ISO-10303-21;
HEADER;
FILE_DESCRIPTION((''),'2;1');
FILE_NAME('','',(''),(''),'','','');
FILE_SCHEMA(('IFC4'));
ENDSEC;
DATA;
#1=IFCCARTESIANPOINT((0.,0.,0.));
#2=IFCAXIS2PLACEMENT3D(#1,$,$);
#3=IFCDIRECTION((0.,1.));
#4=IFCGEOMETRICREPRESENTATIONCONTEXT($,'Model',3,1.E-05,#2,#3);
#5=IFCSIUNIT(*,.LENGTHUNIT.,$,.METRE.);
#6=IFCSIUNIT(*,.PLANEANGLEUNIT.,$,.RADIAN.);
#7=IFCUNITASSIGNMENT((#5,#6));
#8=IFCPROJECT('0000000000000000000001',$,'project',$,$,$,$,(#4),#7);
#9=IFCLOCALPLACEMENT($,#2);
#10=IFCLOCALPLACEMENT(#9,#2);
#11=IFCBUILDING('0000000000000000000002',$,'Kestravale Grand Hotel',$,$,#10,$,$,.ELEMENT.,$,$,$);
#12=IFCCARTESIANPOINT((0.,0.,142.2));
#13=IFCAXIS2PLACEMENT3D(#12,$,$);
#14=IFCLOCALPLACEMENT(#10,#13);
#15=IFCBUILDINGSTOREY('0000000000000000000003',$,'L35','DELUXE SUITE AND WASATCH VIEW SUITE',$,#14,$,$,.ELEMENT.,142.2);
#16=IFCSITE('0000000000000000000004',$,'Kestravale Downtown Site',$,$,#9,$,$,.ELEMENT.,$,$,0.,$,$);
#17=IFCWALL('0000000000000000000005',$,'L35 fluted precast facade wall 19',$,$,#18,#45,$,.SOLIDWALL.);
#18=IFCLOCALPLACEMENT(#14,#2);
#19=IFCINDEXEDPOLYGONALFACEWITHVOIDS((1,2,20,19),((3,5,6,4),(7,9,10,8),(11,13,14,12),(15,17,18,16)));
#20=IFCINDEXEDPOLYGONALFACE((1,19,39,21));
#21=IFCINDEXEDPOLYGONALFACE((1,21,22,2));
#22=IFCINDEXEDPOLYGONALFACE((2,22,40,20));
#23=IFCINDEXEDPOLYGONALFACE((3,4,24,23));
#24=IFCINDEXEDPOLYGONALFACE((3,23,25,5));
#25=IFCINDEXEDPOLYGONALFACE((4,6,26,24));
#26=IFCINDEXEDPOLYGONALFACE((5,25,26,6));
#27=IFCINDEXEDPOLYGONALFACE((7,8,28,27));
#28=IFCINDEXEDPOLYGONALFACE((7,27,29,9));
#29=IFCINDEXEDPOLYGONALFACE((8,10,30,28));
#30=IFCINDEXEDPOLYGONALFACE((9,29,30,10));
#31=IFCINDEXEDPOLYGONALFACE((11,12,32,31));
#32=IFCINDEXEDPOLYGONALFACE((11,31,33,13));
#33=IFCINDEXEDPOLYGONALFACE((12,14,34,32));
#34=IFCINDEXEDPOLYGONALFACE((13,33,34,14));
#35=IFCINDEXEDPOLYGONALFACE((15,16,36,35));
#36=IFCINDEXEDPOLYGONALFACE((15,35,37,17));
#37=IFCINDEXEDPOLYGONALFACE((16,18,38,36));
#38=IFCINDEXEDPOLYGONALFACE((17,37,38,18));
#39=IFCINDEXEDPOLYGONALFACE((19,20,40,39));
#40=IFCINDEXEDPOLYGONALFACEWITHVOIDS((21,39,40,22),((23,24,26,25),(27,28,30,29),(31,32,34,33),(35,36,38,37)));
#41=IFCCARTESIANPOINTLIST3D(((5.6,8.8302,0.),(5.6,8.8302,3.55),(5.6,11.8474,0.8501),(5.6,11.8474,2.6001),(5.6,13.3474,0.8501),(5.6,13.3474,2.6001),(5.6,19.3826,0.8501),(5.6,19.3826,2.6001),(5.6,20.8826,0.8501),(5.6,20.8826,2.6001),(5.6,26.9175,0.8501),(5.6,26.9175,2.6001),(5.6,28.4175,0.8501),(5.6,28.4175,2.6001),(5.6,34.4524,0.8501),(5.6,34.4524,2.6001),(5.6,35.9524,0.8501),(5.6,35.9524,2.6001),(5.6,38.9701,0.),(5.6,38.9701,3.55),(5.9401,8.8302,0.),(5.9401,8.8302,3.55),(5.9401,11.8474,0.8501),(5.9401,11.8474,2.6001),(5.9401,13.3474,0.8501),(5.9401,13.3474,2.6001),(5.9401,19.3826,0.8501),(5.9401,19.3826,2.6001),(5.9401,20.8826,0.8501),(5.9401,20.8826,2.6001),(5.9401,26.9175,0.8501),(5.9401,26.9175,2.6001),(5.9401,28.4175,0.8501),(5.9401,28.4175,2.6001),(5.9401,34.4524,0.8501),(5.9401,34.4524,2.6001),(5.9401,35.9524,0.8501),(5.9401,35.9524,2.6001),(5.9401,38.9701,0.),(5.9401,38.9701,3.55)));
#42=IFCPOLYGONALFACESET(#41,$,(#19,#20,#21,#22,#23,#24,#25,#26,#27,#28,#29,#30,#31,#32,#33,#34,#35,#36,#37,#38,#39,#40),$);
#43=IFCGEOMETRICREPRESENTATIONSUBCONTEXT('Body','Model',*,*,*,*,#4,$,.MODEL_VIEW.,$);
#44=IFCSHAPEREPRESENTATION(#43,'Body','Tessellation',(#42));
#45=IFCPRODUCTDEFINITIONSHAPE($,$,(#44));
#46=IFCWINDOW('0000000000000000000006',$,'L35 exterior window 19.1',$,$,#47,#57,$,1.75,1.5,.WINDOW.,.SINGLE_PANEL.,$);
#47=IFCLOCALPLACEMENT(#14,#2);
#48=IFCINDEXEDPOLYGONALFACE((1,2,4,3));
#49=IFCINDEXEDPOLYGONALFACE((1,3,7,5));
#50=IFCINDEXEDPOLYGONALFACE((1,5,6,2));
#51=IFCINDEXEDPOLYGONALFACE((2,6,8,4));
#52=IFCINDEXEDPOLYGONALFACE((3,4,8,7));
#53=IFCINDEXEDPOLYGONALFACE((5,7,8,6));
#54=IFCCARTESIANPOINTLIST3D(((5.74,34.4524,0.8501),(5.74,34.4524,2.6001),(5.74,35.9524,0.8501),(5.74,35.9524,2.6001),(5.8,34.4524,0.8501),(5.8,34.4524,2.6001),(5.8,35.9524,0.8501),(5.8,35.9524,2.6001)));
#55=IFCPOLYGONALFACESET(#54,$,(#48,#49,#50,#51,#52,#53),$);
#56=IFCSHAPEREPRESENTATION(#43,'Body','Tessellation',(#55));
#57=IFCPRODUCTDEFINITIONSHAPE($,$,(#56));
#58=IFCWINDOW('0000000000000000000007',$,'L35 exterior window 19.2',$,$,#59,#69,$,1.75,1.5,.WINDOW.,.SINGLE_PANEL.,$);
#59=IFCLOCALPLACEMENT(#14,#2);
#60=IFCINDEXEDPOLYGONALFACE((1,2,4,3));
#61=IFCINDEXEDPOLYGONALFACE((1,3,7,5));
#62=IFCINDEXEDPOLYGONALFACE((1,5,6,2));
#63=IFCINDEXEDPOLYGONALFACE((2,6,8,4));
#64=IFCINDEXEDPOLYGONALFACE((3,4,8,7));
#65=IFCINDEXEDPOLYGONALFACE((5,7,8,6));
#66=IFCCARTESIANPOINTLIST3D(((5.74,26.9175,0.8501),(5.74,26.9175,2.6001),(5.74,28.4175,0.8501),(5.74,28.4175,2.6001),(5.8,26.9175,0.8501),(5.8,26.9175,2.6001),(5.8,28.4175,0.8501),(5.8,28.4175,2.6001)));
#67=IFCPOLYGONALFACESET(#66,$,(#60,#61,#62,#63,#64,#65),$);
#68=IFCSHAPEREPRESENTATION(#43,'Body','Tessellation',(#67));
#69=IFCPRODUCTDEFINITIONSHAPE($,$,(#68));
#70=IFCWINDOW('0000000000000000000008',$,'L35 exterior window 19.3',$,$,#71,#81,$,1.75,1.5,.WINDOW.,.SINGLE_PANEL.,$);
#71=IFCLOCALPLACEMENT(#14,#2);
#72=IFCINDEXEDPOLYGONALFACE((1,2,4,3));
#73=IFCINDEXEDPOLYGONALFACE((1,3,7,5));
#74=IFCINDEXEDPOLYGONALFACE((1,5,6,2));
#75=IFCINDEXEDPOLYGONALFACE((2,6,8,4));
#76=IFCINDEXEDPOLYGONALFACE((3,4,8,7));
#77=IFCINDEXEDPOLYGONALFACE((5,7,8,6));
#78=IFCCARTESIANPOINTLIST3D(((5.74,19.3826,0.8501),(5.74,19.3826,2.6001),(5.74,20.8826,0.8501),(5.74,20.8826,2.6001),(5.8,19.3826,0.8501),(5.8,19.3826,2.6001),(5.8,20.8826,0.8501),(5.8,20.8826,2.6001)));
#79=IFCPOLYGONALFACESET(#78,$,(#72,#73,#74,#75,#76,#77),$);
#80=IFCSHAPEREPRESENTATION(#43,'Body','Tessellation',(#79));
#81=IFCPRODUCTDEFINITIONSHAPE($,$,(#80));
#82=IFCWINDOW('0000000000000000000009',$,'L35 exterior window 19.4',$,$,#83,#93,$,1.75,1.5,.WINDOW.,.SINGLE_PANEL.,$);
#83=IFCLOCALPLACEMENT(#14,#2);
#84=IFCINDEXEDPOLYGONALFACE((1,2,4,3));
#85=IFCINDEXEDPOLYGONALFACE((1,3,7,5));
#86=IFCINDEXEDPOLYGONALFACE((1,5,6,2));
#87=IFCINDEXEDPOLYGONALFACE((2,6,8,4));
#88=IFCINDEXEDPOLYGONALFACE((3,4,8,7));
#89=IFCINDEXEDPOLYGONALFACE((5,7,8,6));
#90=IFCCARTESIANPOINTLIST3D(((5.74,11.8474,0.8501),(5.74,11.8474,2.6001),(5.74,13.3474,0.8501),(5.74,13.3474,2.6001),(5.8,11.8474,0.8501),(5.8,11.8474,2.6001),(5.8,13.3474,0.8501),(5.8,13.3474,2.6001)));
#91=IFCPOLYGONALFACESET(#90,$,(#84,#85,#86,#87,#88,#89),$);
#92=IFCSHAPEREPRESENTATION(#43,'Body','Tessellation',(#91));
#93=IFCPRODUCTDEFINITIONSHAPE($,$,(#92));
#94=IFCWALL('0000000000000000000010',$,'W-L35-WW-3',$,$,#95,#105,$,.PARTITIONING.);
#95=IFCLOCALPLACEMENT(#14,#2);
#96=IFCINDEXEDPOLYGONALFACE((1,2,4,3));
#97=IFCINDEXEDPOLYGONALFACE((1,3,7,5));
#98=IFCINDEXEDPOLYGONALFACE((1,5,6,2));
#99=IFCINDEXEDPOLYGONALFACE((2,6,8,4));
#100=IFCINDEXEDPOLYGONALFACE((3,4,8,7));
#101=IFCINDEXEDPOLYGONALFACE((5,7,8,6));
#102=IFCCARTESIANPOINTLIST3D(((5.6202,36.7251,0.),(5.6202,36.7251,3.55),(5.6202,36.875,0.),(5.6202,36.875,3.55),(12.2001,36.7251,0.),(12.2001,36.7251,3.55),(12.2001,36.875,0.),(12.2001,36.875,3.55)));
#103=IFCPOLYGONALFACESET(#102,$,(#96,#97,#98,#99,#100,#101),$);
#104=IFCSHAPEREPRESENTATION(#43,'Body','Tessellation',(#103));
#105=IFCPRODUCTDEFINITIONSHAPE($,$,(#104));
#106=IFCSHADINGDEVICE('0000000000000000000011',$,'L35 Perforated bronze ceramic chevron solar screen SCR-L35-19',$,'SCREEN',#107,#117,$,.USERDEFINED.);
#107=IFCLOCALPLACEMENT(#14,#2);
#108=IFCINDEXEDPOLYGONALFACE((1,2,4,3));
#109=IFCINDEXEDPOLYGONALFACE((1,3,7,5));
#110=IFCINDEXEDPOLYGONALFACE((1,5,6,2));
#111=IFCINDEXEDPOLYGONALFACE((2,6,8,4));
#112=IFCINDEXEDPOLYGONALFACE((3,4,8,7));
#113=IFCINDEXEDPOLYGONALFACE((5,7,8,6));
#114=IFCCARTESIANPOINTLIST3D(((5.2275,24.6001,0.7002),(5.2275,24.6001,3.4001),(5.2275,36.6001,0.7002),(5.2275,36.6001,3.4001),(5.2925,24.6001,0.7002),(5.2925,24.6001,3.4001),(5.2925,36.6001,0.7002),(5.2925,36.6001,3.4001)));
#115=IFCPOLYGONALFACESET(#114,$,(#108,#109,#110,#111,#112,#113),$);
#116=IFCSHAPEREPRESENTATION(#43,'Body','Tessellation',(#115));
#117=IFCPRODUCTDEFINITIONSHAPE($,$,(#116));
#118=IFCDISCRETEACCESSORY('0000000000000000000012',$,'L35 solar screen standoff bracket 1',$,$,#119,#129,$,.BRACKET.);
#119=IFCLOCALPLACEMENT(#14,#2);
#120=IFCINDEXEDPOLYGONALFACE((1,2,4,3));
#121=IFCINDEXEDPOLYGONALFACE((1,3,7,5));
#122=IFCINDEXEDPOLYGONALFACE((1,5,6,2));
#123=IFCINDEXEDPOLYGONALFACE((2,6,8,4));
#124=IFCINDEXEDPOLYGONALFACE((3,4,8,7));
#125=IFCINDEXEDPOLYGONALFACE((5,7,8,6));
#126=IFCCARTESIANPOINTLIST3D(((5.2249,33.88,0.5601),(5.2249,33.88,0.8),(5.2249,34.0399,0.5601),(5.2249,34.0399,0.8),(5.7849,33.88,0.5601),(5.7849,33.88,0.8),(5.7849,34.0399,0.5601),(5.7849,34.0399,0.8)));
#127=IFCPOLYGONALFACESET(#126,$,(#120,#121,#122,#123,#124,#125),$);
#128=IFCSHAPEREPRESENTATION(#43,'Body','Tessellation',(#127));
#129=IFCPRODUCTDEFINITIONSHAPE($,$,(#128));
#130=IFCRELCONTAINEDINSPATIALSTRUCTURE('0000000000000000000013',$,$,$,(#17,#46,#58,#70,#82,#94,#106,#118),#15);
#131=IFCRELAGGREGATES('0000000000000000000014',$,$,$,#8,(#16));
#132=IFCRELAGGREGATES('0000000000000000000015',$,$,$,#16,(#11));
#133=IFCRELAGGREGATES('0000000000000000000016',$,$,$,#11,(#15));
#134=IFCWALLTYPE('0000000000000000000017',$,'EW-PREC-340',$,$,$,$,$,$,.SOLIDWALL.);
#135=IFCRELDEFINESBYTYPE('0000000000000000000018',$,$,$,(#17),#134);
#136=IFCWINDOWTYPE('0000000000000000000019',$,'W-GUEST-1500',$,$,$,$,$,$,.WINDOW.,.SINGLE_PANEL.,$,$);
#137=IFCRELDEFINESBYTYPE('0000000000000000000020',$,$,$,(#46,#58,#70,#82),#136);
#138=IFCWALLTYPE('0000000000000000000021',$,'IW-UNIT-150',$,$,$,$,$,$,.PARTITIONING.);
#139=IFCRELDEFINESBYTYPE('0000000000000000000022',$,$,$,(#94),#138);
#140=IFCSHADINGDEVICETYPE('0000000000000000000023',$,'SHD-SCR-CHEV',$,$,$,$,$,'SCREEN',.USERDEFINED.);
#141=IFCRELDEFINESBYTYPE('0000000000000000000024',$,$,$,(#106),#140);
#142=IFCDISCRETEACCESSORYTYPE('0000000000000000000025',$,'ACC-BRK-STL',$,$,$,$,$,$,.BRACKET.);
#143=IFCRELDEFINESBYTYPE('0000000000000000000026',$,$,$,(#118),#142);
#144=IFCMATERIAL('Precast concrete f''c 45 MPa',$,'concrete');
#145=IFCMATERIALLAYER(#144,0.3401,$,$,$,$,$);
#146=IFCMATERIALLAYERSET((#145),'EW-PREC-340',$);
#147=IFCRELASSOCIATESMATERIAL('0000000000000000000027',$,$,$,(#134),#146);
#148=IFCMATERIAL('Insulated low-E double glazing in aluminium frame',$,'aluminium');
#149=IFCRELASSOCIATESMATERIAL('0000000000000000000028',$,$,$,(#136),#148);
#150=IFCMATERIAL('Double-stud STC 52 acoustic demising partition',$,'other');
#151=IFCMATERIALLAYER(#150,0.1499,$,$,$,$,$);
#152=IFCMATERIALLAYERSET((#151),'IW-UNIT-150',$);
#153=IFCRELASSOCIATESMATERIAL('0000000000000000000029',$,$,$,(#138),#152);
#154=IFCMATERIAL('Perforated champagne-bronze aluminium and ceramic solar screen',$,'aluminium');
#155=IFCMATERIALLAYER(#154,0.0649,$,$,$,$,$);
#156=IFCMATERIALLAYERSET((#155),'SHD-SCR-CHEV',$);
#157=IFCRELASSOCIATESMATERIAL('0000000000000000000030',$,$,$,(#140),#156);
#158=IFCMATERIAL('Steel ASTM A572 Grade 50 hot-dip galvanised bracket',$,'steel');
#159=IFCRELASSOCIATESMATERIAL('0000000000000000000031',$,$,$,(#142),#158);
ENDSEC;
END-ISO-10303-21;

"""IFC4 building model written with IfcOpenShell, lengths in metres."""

from ifc_helpers import new_model, si_unit, direction, frame, frame_2d, origin, origin_2d, place, context, subcontext, project, spatial, rectangle, extrude, material, layer, layer_set, type_object, element, fill, save


model = new_model("IFC4")

# Units and contexts
model_context = context("Model", 3, precision=1e-05, world=origin(), true_north=direction((0.0, 1.0)))
body_context = subcontext(model_context, "Body", "Model", "MODEL_VIEW")
ifc_project = project(units=[si_unit("LENGTHUNIT", "METRE"), si_unit("PLANEANGLEUNIT", "RADIAN")], contexts=[model_context])

# Site, building, storey
site_placement = place(None, origin())
site = spatial("IfcSite", under=ifc_project, at=site_placement, Name="Kestravale Downtown Site", CompositionType="ELEMENT", RefElevation=0.0)
building_placement = place(site_placement, origin())
building = spatial("IfcBuilding", under=site, at=building_placement, Name="Kestravale Grand Hotel", CompositionType="ELEMENT")
storey_placement = place(building_placement, frame((0.0, 0.0, 142.2)))
storey = spatial("IfcBuildingStorey", under=building, at=storey_placement, Name="L35", Description="DELUXE SUITE AND WASATCH VIEW SUITE", CompositionType="ELEMENT", Elevation=142.2)

# Wall, openings, windows
ifc_material_1 = material(Name="Precast concrete f'c 45 MPa", Category="concrete")
ifc_layer_1 = layer(ifc_material_1, 0.3401)
ifc_layer_set_1 = layer_set([ifc_layer_1], Name="EW-PREC-340")
wall_type_1 = type_object("IfcWallType", Name="EW-PREC-340", PredefinedType="SOLIDWALL", material=ifc_layer_set_1)
wall_1_placement = place(storey_placement, frame((5.77, 38.97, 0.0), z_axis=(0.0, 0.0, 1.0), x_axis=(0.0, -1.0, 0.0)))
wall_1 = element("IfcWall", 1, at=wall_1_placement, inside=storey, type_object=wall_type_1, Name="L35 fluted precast facade wall 19", PredefinedType="SOLIDWALL", context=body_context, shape_type="SweptSolid", body=[
    extrude(rectangle(XDim=30.1399, YDim=0.3401, at=frame_2d((15.0698, 0.0))), origin(), (0.0, 0.0, 1.0), 3.55),
])
opening_1_placement = place(wall_1_placement, frame((3.0176, 0.0, 0.8501)))
opening_1 = element("IfcOpeningElement", 2, at=opening_1_placement, cuts=wall_1, PredefinedType="OPENING", context=body_context, shape_type="SweptSolid", body=[
    extrude(rectangle(XDim=1.5, YDim=1.75, at=frame_2d((0.75, 0.875))), frame((0.0, 0.1799, 0.0), z_axis=(0.0, -1.0, 0.0), x_axis=(1.0, 0.0, 0.0)), (0.0, 0.0, 1.0), 0.3601),
])
opening_2_placement = place(wall_1_placement, frame((10.5525, 0.0, 0.8501)))
opening_2 = element("IfcOpeningElement", 3, at=opening_2_placement, cuts=wall_1, PredefinedType="OPENING", context=body_context, shape_type="SweptSolid", body=[
    extrude(rectangle(XDim=1.5, YDim=1.75, at=frame_2d((0.75, 0.875))), frame((0.0, 0.1799, 0.0), z_axis=(0.0, -1.0, 0.0), x_axis=(1.0, 0.0, 0.0)), (0.0, 0.0, 1.0), 0.3601),
])
opening_3_placement = place(wall_1_placement, frame((18.0874, 0.0, 0.8501)))
opening_3 = element("IfcOpeningElement", 4, at=opening_3_placement, cuts=wall_1, PredefinedType="OPENING", context=body_context, shape_type="SweptSolid", body=[
    extrude(rectangle(XDim=1.5, YDim=1.75, at=frame_2d((0.75, 0.875))), frame((0.0, 0.1799, 0.0), z_axis=(0.0, -1.0, 0.0), x_axis=(1.0, 0.0, 0.0)), (0.0, 0.0, 1.0), 0.3601),
])
opening_4_placement = place(wall_1_placement, frame((25.6226, 0.0, 0.8501)))
opening_4 = element("IfcOpeningElement", 5, at=opening_4_placement, cuts=wall_1, PredefinedType="OPENING", context=body_context, shape_type="SweptSolid", body=[
    extrude(rectangle(XDim=1.5, YDim=1.75, at=frame_2d((0.75, 0.875))), frame((0.0, 0.1799, 0.0), z_axis=(0.0, -1.0, 0.0), x_axis=(1.0, 0.0, 0.0)), (0.0, 0.0, 1.0), 0.3601),
])
ifc_material_2 = material(Name="Insulated low-E double glazing in aluminium frame", Category="aluminium")
window_type = type_object("IfcWindowType", Name="W-GUEST-1500", PartitioningType="SINGLE_PANEL", PredefinedType="WINDOW", material=ifc_material_2)
window_1_placement = place(opening_1_placement, origin())
window_1 = element("IfcWindow", 6, at=window_1_placement, inside=storey, type_object=window_type, Name="L35 exterior window 19.1", OverallHeight=1.75, OverallWidth=1.5, PartitioningType="SINGLE_PANEL", PredefinedType="WINDOW", context=body_context, shape_type="SweptSolid", body=[
    extrude(rectangle(XDim=1.5, YDim=1.75, at=frame_2d((0.75, 0.875))), frame((0.0, 0.03, 0.0), z_axis=(0.0, -1.0, 0.0), x_axis=(1.0, 0.0, 0.0)), (0.0, 0.0, 1.0), 0.0601),
])
fill(opening_1, window_1)
window_2_placement = place(opening_2_placement, origin())
window_2 = element("IfcWindow", 7, at=window_2_placement, inside=storey, type_object=window_type, Name="L35 exterior window 19.2", OverallHeight=1.75, OverallWidth=1.5, PartitioningType="SINGLE_PANEL", PredefinedType="WINDOW", context=body_context, shape_type="SweptSolid", body=[
    extrude(rectangle(XDim=1.5, YDim=1.75, at=frame_2d((0.75, 0.875))), frame((0.0, 0.03, 0.0), z_axis=(0.0, -1.0, 0.0), x_axis=(1.0, 0.0, 0.0)), (0.0, 0.0, 1.0), 0.0601),
])
fill(opening_2, window_2)
window_3_placement = place(opening_3_placement, origin())
window_3 = element("IfcWindow", 8, at=window_3_placement, inside=storey, type_object=window_type, Name="L35 exterior window 19.3", OverallHeight=1.75, OverallWidth=1.5, PartitioningType="SINGLE_PANEL", PredefinedType="WINDOW", context=body_context, shape_type="SweptSolid", body=[
    extrude(rectangle(XDim=1.5, YDim=1.75, at=frame_2d((0.75, 0.875))), frame((0.0, 0.03, 0.0), z_axis=(0.0, -1.0, 0.0), x_axis=(1.0, 0.0, 0.0)), (0.0, 0.0, 1.0), 0.0601),
])
fill(opening_3, window_3)
window_4_placement = place(opening_4_placement, origin())
window_4 = element("IfcWindow", 9, at=window_4_placement, inside=storey, type_object=window_type, Name="L35 exterior window 19.4", OverallHeight=1.75, OverallWidth=1.5, PartitioningType="SINGLE_PANEL", PredefinedType="WINDOW", context=body_context, shape_type="SweptSolid", body=[
    extrude(rectangle(XDim=1.5, YDim=1.75, at=frame_2d((0.75, 0.875))), frame((0.0, 0.03, 0.0), z_axis=(0.0, -1.0, 0.0), x_axis=(1.0, 0.0, 0.0)), (0.0, 0.0, 1.0), 0.0601),
])
fill(opening_4, window_4)

# Wall
ifc_material_3 = material(Name="Double-stud STC 52 acoustic demising partition", Category="other")
ifc_layer_2 = layer(ifc_material_3, 0.1499)
ifc_layer_set_2 = layer_set([ifc_layer_2], Name="IW-UNIT-150")
wall_type_2 = type_object("IfcWallType", Name="IW-UNIT-150", PredefinedType="PARTITIONING", material=ifc_layer_set_2)
wall_2_placement = place(storey_placement, frame((5.6201, 36.8, 0.0), z_axis=(0.0, 0.0, 1.0), x_axis=(1.0, 0.0, 0.0)))
element("IfcWall", 10, at=wall_2_placement, inside=storey, type_object=wall_type_2, Name="W-L35-WW-3", PredefinedType="PARTITIONING", context=body_context, shape_type="SweptSolid", body=[
    extrude(rectangle(XDim=6.5798, YDim=0.1499, at=frame_2d((3.29, 0.0))), origin(), (0.0, 0.0, 1.0), 3.55),
])

# Shading device
ifc_material_4 = material(Name="Perforated champagne-bronze aluminium and ceramic solar screen", Category="aluminium")
ifc_layer_3 = layer(ifc_material_4, 0.0649)
ifc_layer_set_3 = layer_set([ifc_layer_3], Name="SHD-SCR-CHEV")
shading_device_type = type_object("IfcShadingDeviceType", Name="SHD-SCR-CHEV", ElementType="SCREEN", PredefinedType="USERDEFINED", material=ifc_layer_set_3)
shading_device_placement = place(storey_placement, frame((5.26, 30.6001, 0.7002), z_axis=(0.0, 0.0, 1.0), x_axis=(0.0, -1.0, 0.0)))
element("IfcShadingDevice", 11, at=shading_device_placement, inside=storey, type_object=shading_device_type, Name="L35 Perforated bronze ceramic chevron solar screen SCR-L35-19", ObjectType="SCREEN", PredefinedType="USERDEFINED", context=body_context, shape_type="SweptSolid", body=[
    extrude(rectangle(XDim=12.0, YDim=0.0649, at=origin_2d()), origin(), (0.0, 0.0, 1.0), 2.7),
])

# Discrete accessory
ifc_material_5 = material(Name="Steel ASTM A572 Grade 50 hot-dip galvanised bracket", Category="steel")
discrete_accessory_type = type_object("IfcDiscreteAccessoryType", Name="ACC-BRK-STL", PredefinedType="BRACKET", material=ifc_material_5)
discrete_accessory_placement = place(storey_placement, frame((5.5049, 33.96, 0.5601), z_axis=(0.0, 0.0, 1.0), x_axis=(0.0, -1.0, 0.0)))
element("IfcDiscreteAccessory", 12, at=discrete_accessory_placement, inside=storey, type_object=discrete_accessory_type, Name="L35 solar screen standoff bracket 1", PredefinedType="BRACKET", context=body_context, shape_type="SweptSolid", body=[
    extrude(rectangle(XDim=0.1599, YDim=0.5601, at=origin_2d()), origin(), (0.0, 0.0, 1.0), 0.24),
])

save(model, "model.ifc")
